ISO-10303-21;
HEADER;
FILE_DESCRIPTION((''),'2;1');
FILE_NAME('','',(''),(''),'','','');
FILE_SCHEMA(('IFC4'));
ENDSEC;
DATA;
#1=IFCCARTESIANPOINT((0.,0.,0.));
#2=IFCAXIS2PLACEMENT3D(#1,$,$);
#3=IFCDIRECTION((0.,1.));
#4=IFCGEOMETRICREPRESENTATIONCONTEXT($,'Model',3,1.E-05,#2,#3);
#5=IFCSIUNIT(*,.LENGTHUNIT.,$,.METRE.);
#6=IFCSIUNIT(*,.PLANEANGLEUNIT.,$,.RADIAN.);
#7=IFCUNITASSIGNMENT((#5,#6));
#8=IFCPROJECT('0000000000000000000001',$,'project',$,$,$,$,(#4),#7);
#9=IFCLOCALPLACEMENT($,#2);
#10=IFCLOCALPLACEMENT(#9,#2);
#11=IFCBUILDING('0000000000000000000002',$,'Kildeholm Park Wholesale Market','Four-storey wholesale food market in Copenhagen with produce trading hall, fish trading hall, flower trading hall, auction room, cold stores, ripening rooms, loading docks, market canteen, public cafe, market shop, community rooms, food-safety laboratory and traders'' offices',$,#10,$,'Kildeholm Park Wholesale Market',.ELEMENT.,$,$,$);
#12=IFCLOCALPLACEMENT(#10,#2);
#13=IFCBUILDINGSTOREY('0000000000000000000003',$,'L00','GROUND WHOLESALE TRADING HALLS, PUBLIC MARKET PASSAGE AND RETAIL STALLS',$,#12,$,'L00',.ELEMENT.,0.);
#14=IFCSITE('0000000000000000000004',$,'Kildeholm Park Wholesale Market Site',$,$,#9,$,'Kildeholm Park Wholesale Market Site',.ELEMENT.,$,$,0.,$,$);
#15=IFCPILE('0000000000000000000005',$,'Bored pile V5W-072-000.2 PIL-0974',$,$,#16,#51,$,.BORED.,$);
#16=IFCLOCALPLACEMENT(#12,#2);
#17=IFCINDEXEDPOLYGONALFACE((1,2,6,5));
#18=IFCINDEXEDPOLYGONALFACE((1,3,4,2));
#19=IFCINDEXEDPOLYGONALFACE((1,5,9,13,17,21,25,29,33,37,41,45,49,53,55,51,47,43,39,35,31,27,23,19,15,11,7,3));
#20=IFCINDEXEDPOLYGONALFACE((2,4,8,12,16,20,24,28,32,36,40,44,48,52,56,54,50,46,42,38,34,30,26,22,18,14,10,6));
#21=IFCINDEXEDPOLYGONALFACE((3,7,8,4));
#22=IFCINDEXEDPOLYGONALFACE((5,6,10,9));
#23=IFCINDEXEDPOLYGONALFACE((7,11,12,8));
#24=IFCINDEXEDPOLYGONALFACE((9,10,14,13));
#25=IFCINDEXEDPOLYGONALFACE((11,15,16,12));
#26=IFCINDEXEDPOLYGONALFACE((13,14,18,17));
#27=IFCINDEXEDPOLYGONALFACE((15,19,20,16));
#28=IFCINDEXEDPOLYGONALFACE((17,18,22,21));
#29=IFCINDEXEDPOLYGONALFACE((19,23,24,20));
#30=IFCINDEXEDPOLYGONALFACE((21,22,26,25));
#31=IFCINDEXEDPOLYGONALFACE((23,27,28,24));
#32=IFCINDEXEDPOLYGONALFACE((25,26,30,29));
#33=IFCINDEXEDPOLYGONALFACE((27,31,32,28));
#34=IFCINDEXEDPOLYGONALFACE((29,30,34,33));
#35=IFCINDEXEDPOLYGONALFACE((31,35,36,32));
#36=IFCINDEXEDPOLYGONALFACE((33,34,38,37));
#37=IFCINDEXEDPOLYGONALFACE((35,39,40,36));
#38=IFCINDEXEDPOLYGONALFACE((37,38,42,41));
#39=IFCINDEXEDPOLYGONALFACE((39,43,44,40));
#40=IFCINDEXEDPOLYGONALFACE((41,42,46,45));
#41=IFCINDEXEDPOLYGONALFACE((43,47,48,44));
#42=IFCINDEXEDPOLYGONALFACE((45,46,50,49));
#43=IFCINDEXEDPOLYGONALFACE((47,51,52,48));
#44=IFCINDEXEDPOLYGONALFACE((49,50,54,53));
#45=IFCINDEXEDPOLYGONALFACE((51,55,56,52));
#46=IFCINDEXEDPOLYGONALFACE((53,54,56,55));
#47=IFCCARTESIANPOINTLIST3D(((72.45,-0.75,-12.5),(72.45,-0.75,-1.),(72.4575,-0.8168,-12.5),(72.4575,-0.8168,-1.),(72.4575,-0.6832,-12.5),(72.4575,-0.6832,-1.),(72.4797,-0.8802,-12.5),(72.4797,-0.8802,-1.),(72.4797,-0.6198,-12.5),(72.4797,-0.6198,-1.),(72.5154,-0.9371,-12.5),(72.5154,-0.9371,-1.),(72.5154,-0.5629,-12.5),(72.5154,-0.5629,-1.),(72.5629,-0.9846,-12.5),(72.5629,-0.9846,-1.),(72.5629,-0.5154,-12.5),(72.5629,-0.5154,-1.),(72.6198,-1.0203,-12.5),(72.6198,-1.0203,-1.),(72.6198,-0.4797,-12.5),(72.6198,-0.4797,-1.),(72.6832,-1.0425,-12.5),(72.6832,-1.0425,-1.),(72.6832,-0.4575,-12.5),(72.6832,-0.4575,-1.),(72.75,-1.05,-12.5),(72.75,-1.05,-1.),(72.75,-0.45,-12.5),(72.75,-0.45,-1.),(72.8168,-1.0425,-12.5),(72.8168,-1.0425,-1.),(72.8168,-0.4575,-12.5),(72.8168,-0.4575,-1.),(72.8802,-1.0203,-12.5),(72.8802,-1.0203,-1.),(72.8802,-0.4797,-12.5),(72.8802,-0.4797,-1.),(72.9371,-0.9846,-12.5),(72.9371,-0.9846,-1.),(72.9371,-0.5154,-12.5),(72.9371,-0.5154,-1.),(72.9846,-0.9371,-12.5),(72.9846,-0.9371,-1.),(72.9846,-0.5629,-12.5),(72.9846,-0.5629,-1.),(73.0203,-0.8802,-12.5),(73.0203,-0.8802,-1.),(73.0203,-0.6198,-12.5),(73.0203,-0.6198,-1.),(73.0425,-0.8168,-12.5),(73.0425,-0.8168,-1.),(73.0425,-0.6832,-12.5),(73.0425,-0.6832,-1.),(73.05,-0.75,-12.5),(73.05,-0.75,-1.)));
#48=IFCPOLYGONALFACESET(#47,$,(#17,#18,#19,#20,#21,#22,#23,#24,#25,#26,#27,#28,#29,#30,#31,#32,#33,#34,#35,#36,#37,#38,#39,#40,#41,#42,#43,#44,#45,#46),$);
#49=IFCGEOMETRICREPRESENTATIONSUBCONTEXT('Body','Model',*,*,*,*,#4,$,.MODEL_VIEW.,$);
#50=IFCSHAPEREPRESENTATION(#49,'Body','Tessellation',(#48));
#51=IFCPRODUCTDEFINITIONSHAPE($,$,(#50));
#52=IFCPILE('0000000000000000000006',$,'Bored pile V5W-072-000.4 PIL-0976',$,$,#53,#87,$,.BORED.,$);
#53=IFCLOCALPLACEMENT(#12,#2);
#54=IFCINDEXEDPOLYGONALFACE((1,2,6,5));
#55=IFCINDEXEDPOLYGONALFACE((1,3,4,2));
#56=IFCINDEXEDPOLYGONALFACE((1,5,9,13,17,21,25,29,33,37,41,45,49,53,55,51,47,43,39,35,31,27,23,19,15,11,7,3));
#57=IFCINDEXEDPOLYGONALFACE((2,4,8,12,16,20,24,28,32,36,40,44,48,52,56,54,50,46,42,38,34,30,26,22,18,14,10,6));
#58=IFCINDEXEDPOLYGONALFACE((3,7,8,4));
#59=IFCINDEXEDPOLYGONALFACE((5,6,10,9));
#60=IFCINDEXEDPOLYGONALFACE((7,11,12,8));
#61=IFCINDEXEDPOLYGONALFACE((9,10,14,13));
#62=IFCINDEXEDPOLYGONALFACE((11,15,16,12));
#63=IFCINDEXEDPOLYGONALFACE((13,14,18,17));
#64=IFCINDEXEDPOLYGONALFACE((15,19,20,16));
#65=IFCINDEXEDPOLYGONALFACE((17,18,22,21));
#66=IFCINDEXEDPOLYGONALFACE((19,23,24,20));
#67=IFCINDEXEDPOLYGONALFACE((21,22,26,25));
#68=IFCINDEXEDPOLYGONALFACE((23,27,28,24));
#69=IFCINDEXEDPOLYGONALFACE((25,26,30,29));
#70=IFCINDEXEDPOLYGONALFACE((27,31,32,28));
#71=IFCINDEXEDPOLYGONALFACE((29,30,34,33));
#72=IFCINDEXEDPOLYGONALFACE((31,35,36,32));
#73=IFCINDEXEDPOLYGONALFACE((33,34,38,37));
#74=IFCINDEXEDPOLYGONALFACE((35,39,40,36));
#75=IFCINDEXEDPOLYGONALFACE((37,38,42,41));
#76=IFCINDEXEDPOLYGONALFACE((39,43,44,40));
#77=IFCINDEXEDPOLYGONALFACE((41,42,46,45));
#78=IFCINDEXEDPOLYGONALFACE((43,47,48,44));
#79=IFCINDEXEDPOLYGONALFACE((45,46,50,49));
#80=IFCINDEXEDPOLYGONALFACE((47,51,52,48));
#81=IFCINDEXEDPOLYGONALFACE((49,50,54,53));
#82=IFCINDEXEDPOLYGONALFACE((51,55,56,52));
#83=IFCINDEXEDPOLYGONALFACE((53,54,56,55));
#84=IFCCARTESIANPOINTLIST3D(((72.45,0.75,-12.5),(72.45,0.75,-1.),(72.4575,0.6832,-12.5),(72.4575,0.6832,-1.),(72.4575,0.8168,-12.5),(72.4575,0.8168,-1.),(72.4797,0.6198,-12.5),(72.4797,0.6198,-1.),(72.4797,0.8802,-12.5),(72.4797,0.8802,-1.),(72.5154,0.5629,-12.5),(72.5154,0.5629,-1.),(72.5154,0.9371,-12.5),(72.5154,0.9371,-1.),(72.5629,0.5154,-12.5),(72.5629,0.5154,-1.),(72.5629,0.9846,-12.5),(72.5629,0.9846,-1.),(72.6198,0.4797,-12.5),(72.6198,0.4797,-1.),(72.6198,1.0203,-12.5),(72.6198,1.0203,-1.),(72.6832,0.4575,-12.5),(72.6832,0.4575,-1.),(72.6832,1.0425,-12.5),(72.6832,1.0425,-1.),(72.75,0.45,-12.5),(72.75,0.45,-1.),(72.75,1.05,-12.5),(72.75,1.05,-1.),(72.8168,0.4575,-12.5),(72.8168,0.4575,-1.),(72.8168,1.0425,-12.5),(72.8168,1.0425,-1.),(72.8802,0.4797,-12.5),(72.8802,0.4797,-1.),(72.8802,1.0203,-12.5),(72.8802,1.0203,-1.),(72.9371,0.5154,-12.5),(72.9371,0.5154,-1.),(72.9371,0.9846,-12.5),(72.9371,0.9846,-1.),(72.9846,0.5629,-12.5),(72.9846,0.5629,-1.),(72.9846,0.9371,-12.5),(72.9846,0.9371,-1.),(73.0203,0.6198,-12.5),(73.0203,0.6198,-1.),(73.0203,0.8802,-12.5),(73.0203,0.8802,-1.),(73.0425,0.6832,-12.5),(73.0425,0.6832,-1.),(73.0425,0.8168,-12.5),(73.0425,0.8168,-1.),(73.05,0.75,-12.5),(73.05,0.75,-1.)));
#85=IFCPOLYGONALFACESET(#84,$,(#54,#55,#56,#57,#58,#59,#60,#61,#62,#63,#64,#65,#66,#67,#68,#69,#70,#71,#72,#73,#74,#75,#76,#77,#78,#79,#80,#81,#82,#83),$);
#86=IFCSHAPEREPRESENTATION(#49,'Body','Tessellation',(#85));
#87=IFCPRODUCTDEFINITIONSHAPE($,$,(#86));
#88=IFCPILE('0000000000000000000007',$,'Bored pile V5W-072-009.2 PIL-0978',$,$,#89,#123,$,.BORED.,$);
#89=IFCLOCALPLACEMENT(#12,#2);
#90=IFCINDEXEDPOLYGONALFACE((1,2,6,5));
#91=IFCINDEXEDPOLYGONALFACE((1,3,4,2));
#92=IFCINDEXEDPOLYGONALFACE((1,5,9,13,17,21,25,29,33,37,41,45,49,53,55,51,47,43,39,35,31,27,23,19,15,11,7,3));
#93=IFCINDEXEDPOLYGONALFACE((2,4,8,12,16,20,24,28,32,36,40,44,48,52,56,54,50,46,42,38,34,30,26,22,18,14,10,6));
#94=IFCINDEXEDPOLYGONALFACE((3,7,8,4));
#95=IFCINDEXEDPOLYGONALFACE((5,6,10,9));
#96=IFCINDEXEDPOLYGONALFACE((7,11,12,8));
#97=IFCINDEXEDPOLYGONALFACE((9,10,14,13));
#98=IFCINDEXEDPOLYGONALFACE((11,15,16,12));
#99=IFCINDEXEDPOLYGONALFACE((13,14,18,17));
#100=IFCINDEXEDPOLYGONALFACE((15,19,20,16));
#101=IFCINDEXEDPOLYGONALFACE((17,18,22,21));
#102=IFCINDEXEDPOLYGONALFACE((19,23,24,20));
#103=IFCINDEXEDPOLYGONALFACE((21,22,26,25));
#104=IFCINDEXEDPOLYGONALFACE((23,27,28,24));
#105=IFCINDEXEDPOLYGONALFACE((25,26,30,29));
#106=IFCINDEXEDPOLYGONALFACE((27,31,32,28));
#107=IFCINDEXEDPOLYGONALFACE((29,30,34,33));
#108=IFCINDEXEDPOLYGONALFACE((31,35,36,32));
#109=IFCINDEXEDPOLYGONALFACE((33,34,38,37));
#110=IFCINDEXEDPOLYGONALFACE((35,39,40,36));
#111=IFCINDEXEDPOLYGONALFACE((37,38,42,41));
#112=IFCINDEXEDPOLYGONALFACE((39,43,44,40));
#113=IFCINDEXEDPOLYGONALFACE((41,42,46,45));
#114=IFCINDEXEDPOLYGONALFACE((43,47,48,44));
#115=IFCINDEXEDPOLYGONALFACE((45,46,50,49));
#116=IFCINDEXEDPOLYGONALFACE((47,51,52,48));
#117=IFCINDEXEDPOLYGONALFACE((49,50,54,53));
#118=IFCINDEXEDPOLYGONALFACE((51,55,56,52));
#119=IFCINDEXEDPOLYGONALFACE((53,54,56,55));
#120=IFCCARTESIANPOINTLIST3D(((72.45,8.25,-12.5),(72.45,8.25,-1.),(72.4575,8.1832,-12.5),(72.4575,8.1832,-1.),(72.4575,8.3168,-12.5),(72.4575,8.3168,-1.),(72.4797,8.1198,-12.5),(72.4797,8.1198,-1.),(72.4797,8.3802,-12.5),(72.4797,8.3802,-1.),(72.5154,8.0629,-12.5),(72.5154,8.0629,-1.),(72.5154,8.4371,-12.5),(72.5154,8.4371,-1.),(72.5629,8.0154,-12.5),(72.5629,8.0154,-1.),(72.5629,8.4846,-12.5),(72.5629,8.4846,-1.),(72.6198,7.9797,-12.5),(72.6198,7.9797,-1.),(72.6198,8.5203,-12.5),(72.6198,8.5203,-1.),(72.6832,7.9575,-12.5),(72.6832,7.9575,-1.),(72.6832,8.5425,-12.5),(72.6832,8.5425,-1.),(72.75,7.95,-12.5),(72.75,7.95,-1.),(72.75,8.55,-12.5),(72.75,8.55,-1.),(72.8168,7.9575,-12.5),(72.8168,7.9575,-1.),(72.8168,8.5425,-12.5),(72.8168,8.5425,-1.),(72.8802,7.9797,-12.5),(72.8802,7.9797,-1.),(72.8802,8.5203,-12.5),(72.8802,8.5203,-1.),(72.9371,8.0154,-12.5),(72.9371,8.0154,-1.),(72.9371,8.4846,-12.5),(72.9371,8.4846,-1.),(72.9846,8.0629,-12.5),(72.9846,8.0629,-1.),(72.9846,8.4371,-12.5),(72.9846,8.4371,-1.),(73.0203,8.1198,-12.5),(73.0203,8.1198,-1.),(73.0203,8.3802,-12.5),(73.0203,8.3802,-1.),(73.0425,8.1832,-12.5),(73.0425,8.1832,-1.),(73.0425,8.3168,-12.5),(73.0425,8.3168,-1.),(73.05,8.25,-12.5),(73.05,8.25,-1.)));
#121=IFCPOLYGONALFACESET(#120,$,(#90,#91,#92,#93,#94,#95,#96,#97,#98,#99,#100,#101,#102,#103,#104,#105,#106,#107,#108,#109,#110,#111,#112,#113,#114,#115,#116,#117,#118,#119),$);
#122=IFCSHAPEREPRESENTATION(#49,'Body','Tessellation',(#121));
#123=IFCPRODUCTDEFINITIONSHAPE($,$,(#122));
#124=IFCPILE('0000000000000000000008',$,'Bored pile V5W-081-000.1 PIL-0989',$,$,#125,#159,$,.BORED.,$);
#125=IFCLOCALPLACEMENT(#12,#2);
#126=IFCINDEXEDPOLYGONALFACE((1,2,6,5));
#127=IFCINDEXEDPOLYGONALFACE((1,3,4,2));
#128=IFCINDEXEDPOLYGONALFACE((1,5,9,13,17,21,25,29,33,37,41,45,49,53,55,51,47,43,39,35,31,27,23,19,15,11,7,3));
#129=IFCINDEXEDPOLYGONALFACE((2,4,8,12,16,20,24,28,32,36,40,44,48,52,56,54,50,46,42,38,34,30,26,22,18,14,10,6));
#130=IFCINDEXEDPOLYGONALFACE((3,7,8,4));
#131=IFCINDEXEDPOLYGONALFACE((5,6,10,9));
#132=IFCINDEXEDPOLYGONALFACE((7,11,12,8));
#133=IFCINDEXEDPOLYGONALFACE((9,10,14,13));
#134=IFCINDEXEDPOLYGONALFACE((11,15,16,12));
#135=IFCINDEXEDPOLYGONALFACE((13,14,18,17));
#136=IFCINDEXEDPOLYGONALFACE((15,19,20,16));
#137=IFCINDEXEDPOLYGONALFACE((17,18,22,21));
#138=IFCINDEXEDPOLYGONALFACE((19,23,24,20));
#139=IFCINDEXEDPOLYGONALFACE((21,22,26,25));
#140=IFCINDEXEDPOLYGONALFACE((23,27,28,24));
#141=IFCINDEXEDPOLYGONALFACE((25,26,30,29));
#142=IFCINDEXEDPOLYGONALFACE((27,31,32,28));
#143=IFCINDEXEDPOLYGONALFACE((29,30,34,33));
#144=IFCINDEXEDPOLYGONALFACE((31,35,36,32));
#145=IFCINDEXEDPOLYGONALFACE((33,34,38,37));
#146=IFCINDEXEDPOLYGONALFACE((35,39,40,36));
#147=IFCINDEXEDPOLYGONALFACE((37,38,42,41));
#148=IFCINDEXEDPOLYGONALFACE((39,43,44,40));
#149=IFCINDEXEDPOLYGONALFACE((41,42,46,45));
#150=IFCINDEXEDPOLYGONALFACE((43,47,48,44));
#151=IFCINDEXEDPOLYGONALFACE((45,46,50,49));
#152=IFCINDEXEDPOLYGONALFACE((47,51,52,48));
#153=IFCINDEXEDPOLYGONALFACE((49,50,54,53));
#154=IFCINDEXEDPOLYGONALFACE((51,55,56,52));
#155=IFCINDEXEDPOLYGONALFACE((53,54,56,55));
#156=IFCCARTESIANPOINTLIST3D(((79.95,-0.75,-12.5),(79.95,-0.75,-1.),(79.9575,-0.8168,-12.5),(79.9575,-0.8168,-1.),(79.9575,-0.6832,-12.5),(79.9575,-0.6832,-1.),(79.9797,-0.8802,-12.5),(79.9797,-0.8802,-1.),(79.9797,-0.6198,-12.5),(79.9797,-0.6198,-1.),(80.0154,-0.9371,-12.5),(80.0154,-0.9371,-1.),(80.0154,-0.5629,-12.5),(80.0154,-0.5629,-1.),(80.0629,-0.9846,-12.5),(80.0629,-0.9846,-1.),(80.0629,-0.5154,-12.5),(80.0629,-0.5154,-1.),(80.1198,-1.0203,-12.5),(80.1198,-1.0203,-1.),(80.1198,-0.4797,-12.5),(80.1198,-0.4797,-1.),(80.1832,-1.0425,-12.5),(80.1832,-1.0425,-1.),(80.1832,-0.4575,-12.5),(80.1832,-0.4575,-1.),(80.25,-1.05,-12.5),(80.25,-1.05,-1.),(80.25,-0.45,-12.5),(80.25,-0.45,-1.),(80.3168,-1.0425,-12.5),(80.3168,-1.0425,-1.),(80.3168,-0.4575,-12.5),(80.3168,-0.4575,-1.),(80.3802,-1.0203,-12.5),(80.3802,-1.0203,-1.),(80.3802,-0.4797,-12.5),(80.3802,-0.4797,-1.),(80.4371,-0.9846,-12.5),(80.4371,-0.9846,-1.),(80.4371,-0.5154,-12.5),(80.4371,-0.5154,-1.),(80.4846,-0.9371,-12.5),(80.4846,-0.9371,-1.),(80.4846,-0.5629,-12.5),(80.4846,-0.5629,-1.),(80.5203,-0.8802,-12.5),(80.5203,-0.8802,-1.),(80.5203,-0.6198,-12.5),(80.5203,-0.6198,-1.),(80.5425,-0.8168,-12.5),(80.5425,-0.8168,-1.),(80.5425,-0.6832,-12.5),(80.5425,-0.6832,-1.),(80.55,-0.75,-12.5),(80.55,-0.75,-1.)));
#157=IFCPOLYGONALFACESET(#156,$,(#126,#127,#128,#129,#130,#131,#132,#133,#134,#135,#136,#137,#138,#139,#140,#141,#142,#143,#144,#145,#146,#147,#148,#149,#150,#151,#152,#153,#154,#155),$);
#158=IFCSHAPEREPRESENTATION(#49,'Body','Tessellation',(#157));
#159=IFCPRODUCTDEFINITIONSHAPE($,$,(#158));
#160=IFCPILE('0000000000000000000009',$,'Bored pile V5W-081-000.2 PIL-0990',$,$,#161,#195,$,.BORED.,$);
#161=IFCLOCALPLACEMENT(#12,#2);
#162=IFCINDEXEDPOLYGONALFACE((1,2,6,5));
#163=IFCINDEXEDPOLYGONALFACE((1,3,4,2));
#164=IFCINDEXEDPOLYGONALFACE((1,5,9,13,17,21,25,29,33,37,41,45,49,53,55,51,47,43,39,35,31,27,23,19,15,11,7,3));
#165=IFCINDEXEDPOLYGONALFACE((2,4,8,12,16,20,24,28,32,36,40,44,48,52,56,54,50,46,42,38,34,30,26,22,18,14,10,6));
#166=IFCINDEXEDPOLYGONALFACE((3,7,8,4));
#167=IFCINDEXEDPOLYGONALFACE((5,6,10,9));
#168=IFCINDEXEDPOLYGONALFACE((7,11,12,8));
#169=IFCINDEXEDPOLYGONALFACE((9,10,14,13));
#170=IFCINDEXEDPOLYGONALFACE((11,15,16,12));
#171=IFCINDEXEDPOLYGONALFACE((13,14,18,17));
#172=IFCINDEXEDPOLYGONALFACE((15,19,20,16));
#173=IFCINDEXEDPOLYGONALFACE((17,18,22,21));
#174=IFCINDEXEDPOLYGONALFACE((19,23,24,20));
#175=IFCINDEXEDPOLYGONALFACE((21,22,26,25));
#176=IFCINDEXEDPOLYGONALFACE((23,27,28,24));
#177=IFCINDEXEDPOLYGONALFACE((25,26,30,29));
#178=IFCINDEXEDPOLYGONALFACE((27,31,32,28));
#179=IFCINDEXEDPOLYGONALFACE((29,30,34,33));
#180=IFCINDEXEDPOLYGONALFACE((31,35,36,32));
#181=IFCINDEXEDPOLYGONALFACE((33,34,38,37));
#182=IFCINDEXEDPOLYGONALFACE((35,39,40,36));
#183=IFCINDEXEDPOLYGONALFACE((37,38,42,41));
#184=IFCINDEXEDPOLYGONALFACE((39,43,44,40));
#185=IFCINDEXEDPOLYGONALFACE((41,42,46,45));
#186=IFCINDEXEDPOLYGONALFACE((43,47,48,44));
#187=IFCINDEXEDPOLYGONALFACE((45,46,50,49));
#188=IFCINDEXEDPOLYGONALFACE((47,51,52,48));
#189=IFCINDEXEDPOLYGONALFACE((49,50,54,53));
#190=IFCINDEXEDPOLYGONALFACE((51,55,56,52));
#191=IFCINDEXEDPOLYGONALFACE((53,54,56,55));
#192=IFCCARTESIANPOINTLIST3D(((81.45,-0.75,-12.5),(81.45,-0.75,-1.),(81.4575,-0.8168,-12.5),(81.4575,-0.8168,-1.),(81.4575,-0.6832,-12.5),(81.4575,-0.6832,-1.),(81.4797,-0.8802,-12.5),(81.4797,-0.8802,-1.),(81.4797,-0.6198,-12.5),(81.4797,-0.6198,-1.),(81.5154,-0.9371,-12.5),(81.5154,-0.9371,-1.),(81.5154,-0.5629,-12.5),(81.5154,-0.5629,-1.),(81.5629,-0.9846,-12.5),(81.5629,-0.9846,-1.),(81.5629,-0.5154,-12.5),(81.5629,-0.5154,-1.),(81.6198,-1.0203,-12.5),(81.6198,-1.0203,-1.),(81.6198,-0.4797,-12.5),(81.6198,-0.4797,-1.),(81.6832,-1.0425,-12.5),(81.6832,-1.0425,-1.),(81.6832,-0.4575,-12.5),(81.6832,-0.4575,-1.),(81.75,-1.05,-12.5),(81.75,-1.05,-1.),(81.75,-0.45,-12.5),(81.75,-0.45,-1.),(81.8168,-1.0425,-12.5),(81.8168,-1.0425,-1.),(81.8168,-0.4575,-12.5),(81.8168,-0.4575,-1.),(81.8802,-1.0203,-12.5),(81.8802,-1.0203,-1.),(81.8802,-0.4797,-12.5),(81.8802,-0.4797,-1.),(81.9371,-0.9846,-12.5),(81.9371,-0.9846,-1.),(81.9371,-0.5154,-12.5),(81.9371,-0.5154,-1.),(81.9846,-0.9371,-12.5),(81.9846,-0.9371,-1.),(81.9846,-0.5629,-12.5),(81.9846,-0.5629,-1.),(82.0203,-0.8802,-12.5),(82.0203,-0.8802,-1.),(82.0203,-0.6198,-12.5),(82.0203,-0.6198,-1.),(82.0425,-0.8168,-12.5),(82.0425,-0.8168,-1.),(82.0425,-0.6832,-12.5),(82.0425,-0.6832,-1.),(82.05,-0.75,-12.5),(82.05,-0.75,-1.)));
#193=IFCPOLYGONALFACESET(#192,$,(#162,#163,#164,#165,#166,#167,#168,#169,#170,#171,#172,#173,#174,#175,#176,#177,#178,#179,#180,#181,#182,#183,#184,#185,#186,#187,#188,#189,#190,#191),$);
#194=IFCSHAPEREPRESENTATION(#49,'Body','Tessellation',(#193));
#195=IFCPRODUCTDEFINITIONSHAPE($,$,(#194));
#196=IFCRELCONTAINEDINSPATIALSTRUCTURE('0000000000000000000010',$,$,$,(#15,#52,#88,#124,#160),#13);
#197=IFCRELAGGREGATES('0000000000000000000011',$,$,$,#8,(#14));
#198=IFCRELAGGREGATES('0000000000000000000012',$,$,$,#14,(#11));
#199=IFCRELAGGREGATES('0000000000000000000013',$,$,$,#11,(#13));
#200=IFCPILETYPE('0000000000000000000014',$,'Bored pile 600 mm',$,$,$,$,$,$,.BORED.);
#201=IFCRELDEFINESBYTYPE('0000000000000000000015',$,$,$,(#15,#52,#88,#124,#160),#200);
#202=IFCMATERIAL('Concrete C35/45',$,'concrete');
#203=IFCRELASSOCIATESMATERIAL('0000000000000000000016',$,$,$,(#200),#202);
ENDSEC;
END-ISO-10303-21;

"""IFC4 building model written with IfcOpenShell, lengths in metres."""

from ifc_helpers import new_model, si_unit, direction, frame, origin, origin_2d, place, context, subcontext, project, spatial, circle, extrude, material, material_profile, profile_set, type_object, element, save


model = new_model("IFC4")

# Units and contexts
model_context = context("Model", 3, precision=1e-05, world=origin(), true_north=direction((0.0, 1.0)))
body_context = subcontext(model_context, "Body", "Model", "MODEL_VIEW")
ifc_project = project(units=[si_unit("LENGTHUNIT", "METRE"), si_unit("PLANEANGLEUNIT", "RADIAN")], contexts=[model_context])

# Site, building, storey
site_placement = place(None, origin())
site = spatial("IfcSite", under=ifc_project, at=site_placement, Name="Kildeholm Park Wholesale Market Site", LongName="Kildeholm Park Wholesale Market Site", CompositionType="ELEMENT", RefElevation=0.0)
building_placement = place(site_placement, origin())
building = spatial("IfcBuilding", under=site, at=building_placement, Name="Kildeholm Park Wholesale Market", Description="Four-storey wholesale food market in Copenhagen with produce trading hall, fish trading hall, flower trading hall, auction room, cold stores, ripening rooms, loading docks, market canteen, public cafe, market shop, community rooms, food-safety laboratory and traders' offices", LongName="Kildeholm Park Wholesale Market", CompositionType="ELEMENT")
storey_placement = place(building_placement, origin())
storey = spatial("IfcBuildingStorey", under=building, at=storey_placement, Name="L00", Description="GROUND WHOLESALE TRADING HALLS, PUBLIC MARKET PASSAGE AND RETAIL STALLS", LongName="L00", CompositionType="ELEMENT", Elevation=0.0)

# Piles
ifc_material_1 = material(Name="Concrete C35/45", Category="concrete")
ifc_material_profile_1 = material_profile(ifc_material_1, circle(Radius=0.3, at=origin_2d()), Name="PILE D600")
ifc_profile_set_1 = profile_set([ifc_material_profile_1], Name="Concrete C35/45")
pile_type = type_object("IfcPileType", Name="Bored pile 600 mm", PredefinedType="BORED", material=ifc_profile_set_1)
for number, where, z_axis, x_axis, name in (
    (1, (72.75, -0.75, -1.0), (0.0, 0.0, -1.0), (1.0, 0.0, 0.0), "Bored pile V5W-072-000.2 PIL-0974"),
    (2, (72.75, 0.75, -1.0), (0.0, 0.0, -1.0), (1.0, 0.0, 0.0), "Bored pile V5W-072-000.4 PIL-0976"),
    (3, (72.75, 8.25, -1.0), (0.0, 0.0, -1.0), (1.0, 0.0, 0.0), "Bored pile V5W-072-009.2 PIL-0978"),
    (4, (80.25, -0.75, -1.0), (0.0, 0.0, -1.0), (1.0, 0.0, 0.0), "Bored pile V5W-081-000.1 PIL-0989"),
    (5, (81.75, -0.75, -1.0), (0.0, 0.0, -1.0), (1.0, 0.0, 0.0), "Bored pile V5W-081-000.2 PIL-0990"),
):
    element("IfcPile", number, at=place(storey_placement, frame(where, z_axis=z_axis, x_axis=x_axis)), inside=storey, type_object=pile_type, Name=name, PredefinedType="BORED", context=body_context, shape_type="SweptSolid", body=[
        extrude(circle(Radius=0.3, at=origin_2d()), origin(), (0.0, 0.0, 1.0), 11.5),
    ])

save(model, "model.ifc")
